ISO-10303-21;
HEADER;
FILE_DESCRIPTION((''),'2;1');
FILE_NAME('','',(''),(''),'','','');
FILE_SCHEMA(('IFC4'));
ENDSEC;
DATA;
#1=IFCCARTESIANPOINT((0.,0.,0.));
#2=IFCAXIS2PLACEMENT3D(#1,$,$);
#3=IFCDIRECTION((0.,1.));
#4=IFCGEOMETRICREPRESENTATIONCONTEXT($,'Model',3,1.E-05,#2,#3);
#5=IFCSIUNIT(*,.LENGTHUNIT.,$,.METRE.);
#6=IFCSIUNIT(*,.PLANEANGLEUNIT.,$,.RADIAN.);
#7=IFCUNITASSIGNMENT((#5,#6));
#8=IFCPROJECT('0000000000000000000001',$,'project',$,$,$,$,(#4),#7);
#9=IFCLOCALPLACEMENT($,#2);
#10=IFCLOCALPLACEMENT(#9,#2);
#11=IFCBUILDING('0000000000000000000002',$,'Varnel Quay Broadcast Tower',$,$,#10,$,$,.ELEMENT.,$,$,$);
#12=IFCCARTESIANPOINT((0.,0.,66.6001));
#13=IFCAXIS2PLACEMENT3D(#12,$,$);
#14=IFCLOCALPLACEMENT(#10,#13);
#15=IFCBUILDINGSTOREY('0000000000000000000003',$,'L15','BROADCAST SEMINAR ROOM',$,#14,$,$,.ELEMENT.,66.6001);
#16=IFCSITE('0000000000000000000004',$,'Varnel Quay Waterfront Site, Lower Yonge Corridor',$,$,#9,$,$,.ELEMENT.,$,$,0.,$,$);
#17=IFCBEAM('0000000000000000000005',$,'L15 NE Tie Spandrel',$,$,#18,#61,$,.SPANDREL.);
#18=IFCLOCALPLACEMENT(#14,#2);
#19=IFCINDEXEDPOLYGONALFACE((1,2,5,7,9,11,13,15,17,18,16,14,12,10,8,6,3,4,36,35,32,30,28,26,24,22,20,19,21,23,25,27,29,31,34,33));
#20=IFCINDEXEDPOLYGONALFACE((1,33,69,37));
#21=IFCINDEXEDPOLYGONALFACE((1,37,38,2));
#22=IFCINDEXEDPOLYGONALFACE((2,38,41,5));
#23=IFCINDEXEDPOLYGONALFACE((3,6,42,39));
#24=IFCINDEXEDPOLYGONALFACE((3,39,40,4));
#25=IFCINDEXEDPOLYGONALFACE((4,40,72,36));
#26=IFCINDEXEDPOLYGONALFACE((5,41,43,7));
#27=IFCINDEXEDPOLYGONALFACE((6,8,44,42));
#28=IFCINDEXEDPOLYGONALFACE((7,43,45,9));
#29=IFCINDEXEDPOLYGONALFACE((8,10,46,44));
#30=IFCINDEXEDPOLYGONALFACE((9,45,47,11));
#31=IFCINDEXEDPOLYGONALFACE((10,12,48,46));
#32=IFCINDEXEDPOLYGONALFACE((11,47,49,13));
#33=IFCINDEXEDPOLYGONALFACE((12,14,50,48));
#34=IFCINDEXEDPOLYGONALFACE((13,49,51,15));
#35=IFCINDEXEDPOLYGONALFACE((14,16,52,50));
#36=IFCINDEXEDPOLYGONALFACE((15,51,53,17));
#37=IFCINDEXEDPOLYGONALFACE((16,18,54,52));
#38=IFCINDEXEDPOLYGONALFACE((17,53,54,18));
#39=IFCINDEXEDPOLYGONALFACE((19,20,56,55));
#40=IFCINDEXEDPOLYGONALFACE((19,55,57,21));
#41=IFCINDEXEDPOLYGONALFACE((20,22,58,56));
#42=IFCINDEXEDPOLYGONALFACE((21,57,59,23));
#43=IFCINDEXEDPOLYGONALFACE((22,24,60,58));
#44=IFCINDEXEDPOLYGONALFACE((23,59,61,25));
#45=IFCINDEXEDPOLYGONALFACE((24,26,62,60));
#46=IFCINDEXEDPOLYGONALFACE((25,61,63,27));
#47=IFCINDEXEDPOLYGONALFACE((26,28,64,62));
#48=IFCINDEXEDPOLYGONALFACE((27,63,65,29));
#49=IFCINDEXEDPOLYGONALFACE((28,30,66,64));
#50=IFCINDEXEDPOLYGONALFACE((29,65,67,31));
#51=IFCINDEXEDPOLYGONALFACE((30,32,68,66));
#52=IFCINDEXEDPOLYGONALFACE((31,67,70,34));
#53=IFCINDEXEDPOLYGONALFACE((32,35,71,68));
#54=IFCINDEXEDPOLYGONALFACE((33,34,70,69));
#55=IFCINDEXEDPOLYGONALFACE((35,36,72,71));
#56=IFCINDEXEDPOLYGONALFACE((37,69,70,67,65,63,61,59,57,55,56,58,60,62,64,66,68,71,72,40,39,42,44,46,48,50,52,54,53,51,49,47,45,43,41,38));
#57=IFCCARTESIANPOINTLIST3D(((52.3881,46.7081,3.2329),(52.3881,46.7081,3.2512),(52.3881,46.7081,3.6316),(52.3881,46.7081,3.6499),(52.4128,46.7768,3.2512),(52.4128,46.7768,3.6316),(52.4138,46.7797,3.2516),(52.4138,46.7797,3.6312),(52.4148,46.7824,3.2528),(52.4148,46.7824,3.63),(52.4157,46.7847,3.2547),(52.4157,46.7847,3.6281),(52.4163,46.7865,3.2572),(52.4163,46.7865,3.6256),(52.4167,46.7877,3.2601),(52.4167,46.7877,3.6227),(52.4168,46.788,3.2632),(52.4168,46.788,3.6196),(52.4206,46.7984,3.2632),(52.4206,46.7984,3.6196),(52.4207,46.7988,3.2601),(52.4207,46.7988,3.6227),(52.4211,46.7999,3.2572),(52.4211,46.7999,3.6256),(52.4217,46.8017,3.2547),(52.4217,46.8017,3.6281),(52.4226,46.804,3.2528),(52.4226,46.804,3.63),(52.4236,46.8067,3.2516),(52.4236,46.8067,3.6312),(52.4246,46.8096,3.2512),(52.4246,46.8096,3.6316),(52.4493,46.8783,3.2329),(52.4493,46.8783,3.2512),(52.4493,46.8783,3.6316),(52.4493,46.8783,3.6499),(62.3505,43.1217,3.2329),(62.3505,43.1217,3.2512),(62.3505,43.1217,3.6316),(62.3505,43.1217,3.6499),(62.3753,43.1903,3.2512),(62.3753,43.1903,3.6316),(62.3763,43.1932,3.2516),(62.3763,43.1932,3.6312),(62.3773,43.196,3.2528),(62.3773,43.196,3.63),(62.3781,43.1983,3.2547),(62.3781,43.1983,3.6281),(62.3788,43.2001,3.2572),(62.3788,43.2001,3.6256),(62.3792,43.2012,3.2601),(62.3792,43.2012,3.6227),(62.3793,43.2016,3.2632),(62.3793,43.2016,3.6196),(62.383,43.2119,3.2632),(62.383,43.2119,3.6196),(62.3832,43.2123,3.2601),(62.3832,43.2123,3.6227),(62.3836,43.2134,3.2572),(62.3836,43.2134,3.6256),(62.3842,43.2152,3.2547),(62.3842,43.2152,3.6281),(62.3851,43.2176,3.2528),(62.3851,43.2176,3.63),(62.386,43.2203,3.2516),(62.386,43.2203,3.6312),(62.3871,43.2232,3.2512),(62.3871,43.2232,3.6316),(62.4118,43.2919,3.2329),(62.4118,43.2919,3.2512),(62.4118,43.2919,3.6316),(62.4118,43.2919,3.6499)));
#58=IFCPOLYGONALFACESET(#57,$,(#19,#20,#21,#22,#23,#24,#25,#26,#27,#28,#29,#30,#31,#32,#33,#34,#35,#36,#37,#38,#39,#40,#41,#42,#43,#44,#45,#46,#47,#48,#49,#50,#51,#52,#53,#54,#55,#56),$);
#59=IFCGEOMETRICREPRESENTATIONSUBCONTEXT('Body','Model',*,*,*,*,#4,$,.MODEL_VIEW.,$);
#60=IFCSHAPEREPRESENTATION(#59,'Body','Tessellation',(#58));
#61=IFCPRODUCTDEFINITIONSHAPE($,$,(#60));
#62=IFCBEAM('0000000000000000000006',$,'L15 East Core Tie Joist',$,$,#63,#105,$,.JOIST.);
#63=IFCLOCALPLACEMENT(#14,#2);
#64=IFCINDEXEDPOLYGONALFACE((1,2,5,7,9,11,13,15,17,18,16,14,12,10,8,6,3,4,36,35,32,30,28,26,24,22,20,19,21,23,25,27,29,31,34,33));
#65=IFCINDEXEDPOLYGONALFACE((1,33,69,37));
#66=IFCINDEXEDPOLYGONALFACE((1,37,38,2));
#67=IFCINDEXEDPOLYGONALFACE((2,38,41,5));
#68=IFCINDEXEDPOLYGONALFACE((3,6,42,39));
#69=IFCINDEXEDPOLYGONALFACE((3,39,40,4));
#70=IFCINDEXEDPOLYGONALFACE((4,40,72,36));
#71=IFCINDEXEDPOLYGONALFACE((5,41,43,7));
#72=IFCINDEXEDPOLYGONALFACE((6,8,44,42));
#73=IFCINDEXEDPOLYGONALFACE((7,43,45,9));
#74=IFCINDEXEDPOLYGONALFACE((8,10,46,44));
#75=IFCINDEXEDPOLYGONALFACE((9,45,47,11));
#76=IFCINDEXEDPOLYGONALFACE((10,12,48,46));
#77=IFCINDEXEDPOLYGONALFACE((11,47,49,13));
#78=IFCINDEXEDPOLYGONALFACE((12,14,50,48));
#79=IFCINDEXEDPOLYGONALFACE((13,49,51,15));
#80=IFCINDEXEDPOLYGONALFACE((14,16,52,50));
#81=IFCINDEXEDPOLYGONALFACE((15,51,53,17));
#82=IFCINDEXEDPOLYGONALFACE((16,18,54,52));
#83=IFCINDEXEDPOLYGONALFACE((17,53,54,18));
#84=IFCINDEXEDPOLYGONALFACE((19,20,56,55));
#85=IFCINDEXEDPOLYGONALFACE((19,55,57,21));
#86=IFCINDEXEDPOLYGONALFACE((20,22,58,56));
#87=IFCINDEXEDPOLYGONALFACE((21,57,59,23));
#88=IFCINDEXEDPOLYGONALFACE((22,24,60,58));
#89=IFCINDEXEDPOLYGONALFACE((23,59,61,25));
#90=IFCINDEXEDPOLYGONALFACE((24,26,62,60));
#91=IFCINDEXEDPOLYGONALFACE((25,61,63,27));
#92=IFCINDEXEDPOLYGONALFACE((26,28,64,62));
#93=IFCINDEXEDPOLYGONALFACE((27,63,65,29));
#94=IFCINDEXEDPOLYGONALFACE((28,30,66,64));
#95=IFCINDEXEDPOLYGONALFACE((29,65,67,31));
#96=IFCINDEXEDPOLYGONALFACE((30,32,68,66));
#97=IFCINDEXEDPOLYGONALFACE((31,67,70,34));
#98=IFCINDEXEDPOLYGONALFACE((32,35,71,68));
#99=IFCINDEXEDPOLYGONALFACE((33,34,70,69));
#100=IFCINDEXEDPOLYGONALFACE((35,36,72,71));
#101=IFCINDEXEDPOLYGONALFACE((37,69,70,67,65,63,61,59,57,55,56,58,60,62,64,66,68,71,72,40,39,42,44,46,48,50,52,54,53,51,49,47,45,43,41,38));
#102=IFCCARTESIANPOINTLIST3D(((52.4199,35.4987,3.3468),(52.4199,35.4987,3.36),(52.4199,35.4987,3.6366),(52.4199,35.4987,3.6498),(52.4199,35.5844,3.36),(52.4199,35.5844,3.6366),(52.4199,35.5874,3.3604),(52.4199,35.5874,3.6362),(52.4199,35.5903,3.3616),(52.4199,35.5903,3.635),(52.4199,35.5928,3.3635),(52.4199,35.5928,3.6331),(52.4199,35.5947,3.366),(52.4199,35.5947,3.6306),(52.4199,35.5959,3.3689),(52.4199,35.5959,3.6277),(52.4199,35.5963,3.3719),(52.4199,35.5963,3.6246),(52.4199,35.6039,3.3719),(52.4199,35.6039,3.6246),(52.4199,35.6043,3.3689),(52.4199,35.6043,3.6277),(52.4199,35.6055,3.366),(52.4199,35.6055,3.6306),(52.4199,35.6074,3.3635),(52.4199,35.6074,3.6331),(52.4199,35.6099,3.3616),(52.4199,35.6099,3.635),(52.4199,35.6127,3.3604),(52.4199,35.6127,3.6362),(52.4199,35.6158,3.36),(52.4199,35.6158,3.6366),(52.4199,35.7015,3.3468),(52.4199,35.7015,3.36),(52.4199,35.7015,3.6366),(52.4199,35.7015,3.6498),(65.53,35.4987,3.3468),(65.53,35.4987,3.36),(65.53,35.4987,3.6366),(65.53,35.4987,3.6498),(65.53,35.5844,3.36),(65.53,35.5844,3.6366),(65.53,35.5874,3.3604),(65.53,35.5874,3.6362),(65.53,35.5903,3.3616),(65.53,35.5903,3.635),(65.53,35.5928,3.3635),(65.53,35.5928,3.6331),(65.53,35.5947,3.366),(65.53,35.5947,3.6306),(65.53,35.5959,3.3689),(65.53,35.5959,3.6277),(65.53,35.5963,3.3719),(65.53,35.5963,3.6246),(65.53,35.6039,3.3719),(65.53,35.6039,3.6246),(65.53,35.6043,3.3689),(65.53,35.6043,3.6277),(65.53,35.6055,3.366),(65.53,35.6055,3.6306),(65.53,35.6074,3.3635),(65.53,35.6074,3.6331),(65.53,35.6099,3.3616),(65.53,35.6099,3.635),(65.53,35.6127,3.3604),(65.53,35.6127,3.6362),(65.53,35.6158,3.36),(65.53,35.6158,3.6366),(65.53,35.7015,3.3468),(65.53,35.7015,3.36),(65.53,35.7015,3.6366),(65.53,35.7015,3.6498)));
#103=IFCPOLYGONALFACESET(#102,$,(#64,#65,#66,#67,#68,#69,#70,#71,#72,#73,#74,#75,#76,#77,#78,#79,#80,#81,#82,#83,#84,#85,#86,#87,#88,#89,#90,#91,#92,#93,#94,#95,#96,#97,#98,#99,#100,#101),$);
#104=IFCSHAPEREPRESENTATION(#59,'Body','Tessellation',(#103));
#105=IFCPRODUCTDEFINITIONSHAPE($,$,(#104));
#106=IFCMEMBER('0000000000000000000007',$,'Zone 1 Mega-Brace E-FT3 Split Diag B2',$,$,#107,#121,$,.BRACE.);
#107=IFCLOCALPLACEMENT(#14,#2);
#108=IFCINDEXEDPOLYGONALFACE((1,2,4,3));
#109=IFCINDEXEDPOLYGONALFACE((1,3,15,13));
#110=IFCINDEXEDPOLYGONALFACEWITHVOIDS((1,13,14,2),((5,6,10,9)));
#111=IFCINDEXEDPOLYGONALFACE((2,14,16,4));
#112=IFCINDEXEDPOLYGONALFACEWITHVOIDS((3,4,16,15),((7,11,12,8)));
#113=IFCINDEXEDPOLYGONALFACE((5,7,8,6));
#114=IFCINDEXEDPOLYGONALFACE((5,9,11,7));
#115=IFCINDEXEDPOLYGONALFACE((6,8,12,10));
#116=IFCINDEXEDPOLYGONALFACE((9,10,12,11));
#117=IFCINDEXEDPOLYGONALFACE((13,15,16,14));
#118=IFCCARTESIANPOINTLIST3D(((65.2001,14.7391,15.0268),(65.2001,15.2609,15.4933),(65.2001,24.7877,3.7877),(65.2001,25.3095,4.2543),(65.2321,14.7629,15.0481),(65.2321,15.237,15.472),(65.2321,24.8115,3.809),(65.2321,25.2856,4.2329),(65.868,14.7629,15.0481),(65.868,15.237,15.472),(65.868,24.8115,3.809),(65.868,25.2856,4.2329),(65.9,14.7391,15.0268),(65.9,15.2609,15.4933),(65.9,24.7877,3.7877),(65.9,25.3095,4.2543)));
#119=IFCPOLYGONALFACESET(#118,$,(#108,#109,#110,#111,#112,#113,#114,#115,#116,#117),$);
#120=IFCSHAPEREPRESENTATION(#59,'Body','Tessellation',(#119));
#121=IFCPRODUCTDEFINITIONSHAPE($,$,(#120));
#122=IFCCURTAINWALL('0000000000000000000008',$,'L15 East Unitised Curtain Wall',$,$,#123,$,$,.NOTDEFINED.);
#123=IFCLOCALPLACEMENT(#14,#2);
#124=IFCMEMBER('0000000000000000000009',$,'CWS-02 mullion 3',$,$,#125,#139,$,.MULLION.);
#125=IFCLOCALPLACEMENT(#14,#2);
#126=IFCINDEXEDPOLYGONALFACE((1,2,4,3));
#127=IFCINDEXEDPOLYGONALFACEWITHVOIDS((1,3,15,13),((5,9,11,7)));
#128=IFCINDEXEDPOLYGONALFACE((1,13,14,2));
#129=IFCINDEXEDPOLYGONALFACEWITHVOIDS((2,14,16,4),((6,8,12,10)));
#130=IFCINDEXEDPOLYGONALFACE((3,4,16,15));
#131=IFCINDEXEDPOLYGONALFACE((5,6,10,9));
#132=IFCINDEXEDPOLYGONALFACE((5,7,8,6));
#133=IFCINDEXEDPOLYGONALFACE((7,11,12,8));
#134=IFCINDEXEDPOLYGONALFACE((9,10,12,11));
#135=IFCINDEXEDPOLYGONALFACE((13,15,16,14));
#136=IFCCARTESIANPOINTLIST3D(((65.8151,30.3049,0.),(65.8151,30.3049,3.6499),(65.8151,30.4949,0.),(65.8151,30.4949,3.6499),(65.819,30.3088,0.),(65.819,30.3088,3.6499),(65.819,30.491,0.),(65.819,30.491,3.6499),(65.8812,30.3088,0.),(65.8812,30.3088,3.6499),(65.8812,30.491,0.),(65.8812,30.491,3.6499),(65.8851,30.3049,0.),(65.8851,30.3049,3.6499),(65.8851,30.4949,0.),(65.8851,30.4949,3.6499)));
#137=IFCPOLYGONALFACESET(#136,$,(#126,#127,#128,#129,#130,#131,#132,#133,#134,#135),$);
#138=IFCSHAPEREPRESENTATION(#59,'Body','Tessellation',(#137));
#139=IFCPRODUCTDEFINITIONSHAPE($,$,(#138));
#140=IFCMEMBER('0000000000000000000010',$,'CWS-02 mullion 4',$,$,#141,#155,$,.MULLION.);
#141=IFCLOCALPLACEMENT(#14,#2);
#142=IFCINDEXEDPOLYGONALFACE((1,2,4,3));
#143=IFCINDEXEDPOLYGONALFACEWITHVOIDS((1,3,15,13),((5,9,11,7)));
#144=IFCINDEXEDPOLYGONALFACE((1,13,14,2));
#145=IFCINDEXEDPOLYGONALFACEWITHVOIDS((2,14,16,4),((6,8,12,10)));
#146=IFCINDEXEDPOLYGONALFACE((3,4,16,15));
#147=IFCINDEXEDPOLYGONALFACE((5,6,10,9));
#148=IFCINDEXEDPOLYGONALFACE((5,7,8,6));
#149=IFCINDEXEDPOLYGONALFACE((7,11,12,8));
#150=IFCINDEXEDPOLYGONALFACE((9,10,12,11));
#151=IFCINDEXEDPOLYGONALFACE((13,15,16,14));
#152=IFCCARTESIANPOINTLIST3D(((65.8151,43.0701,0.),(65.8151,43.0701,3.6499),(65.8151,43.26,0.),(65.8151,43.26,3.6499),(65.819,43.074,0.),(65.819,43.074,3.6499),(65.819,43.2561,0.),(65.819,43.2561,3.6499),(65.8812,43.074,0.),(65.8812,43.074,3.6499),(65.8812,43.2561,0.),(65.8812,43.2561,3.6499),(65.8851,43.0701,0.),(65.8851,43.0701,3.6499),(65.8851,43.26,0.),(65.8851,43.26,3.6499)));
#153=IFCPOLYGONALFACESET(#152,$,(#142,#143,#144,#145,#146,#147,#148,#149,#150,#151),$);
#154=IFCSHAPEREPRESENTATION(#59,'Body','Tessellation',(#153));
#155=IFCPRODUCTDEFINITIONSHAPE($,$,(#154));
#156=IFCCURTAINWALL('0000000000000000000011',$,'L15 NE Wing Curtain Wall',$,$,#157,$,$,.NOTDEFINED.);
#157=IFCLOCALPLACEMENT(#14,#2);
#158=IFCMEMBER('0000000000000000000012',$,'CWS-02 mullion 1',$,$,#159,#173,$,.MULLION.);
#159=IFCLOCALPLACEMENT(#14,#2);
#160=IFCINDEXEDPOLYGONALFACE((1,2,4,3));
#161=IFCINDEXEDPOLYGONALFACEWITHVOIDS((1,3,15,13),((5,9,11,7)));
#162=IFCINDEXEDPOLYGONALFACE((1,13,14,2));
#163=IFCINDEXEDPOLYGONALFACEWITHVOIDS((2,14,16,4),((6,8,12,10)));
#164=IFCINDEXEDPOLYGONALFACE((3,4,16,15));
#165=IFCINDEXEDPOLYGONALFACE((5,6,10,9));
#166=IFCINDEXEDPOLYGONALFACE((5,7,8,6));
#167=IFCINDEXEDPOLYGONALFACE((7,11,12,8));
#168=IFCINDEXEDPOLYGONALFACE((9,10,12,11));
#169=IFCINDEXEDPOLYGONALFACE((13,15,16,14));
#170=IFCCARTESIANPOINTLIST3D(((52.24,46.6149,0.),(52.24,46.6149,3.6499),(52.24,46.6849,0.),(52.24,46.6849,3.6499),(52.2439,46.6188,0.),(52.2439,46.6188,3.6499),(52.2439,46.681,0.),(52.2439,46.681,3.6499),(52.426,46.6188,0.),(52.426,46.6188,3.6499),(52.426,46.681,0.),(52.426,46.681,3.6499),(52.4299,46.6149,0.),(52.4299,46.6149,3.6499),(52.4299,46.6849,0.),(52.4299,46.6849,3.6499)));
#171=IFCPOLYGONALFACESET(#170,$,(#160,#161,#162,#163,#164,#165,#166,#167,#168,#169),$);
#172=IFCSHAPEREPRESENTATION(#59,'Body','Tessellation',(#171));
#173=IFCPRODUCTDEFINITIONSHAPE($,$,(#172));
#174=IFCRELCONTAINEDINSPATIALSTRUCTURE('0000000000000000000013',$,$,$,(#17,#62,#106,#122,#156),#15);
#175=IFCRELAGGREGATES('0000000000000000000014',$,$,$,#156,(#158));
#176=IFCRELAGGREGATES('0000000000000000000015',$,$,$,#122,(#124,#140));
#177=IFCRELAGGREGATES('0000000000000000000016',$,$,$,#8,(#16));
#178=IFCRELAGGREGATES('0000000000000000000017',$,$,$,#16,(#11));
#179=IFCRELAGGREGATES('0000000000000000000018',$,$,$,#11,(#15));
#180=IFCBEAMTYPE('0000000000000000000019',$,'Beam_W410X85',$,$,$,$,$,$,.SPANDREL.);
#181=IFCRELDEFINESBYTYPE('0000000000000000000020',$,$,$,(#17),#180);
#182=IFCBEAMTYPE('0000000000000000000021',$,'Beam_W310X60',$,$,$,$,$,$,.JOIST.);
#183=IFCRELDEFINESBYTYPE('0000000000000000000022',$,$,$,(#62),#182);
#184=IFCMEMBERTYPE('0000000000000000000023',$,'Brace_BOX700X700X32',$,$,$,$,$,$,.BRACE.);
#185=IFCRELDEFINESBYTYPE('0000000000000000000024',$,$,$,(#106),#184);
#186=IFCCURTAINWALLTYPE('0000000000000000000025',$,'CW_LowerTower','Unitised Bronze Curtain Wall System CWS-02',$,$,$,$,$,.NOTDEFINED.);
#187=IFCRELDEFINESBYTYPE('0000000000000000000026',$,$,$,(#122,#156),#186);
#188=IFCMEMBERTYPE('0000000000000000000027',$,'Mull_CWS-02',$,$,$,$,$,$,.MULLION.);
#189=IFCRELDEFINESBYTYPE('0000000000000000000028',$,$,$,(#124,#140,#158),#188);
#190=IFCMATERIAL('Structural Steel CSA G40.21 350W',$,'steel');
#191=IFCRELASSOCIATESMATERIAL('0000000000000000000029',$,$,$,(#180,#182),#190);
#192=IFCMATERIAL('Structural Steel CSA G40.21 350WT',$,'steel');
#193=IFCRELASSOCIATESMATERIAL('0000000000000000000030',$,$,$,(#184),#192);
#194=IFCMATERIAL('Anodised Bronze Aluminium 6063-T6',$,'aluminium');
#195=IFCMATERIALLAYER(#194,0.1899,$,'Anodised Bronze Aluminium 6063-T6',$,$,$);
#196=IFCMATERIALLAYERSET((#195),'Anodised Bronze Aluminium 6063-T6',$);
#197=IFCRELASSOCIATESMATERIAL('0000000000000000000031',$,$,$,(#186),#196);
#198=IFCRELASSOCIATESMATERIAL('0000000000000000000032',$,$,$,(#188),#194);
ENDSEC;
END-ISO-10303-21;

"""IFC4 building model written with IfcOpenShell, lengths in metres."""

from ifc_helpers import new_model, si_unit, direction, frame, origin, origin_2d, place, context, subcontext, project, spatial, hollow_rectangle, i_section, extrude, source, transform, mapped, material, layer, layer_set, material_profile, profile_set, type_object, type_shapes, element, aggregate, save


model = new_model("IFC4")

# Units and contexts
model_context = context("Model", 3, precision=1e-05, world=origin(), true_north=direction((0.0, 1.0)))
body_context = subcontext(model_context, "Body", "Model", "MODEL_VIEW")
ifc_project = project(units=[si_unit("LENGTHUNIT", "METRE"), si_unit("PLANEANGLEUNIT", "RADIAN")], contexts=[model_context])

# Site, building, storey
site_placement = place(None, origin())
site = spatial("IfcSite", under=ifc_project, at=site_placement, Name="Varnel Quay Waterfront Site, Lower Yonge Corridor", CompositionType="ELEMENT", RefElevation=0.0)
building_placement = place(site_placement, origin())
building = spatial("IfcBuilding", under=site, at=building_placement, Name="Varnel Quay Broadcast Tower", CompositionType="ELEMENT")
storey_placement = place(building_placement, frame((0.0, 0.0, 66.6001)))
storey = spatial("IfcBuildingStorey", under=building, at=storey_placement, Name="L15", Description="BROADCAST SEMINAR ROOM", CompositionType="ELEMENT", Elevation=66.6001)

# Shared definitions
ifc_material_1 = material(Name="Structural Steel CSA G40.21 350WT", Category="steel")
ifc_material_2 = material(Name="Structural Steel CSA G40.21 350W", Category="steel")

# Beams
ifc_material_profile_1 = material_profile(ifc_material_2, i_section(OverallWidth=0.1809, OverallDepth=0.417, WebThickness=0.011, FlangeThickness=0.0183, FilletRadius=0.012, at=origin_2d()), Name="W410X85")
ifc_profile_set_1 = profile_set([ifc_material_profile_1], Name="Structural Steel CSA G40.21 350W")
beam_type_1 = type_object("IfcBeamType", Name="Beam_W410X85", PredefinedType="SPANDREL", material=ifc_profile_set_1)
shared_shape_1 = source(origin(), body_context, "Body", "SweptSolid", [
    extrude(i_section(OverallWidth=0.1809, OverallDepth=0.417, WebThickness=0.011, FlangeThickness=0.0183, FilletRadius=0.012, at=origin_2d()), origin(), (0.0, 0.0, 1.0), 10.5884),
])
beam_1_placement = place(storey_placement, frame((52.4187, 46.7932, 3.4414), z_axis=(0.940889, -0.338716, 0.0), x_axis=(0.338716, 0.940889, 0.0)))
element("IfcBeam", 1, at=beam_1_placement, inside=storey, type_object=beam_type_1, Name="L15 NE Tie Spandrel", PredefinedType="SPANDREL", context=body_context, shape_type="MappedRepresentation", body=[
    mapped(shared_shape_1, transform((0.0, 0.0, 0.0), x_axis=(1.0, 0.0, 0.0), y_axis=(0.0, 1.0, 0.0), z_axis=(0.0, 0.0, 1.0), scale=1.0)),
])
ifc_material_profile_2 = material_profile(ifc_material_2, i_section(OverallWidth=0.2029, OverallDepth=0.303, WebThickness=0.0076, FlangeThickness=0.0132, FilletRadius=0.012, at=origin_2d()), Name="W310X60")
ifc_profile_set_2 = profile_set([ifc_material_profile_2], Name="Structural Steel CSA G40.21 350W")
beam_type_2 = type_object("IfcBeamType", Name="Beam_W310X60", PredefinedType="JOIST", material=ifc_profile_set_2)
shared_shape_2 = source(origin(), body_context, "Body", "SweptSolid", [
    extrude(i_section(OverallWidth=0.2029, OverallDepth=0.303, WebThickness=0.0076, FlangeThickness=0.0132, FilletRadius=0.012, at=origin_2d()), origin(), (0.0, 0.0, 1.0), 13.1101),
])
type_shapes(beam_type_2, [shared_shape_2])
beam_2_placement = place(storey_placement, frame((52.4199, 35.6001, 3.4983), z_axis=(1.0, 0.0, 0.0), x_axis=(0.0, 1.0, 0.0)))
element("IfcBeam", 2, at=beam_2_placement, inside=storey, type_object=beam_type_2, Name="L15 East Core Tie Joist", PredefinedType="JOIST", context=body_context, shape_type="MappedRepresentation", body=[
    mapped(shared_shape_2, transform((0.0, 0.0, 0.0), x_axis=(1.0, 0.0, 0.0), y_axis=(0.0, 1.0, 0.0), z_axis=(0.0, 0.0, 1.0), scale=1.0)),
])

# Member
ifc_material_profile_3 = material_profile(ifc_material_1, hollow_rectangle(XDim=0.7, YDim=0.7, WallThickness=0.032, at=origin_2d()), Name="BOX700X700X32")
ifc_profile_set_3 = profile_set([ifc_material_profile_3], Name="Structural Steel CSA G40.21 350WT")
member_type_1 = type_object("IfcMemberType", Name="Brace_BOX700X700X32", PredefinedType="BRACE", material=ifc_profile_set_3)
shared_shape_3 = source(origin(), body_context, "Body", "SweptSolid", [
    extrude(hollow_rectangle(XDim=0.7, YDim=0.7, WallThickness=0.032, at=origin_2d()), origin(), (0.0, 0.0, 1.0), 15.0762),
])
type_shapes(member_type_1, [shared_shape_3])
member_1_placement = place(storey_placement, frame((65.55, 25.0486, 4.021), z_axis=(0.0, -0.666523, 0.745484), x_axis=(1.0, 0.0, 0.0)))
element("IfcMember", 3, at=member_1_placement, inside=storey, type_object=member_type_1, Name="Zone 1 Mega-Brace E-FT3 Split Diag B2", PredefinedType="BRACE", context=body_context, shape_type="MappedRepresentation", body=[
    mapped(shared_shape_3, transform((0.0, 0.0, 0.0), x_axis=(1.0, 0.0, 0.0), y_axis=(0.0, 1.0, 0.0), z_axis=(0.0, 0.0, 1.0), scale=1.0)),
])

# Curtain walls, members
ifc_material_3 = material(Name="Anodised Bronze Aluminium 6063-T6", Category="aluminium")
ifc_layer_1 = layer(ifc_material_3, 0.1899, Name="Anodised Bronze Aluminium 6063-T6")
ifc_layer_set_1 = layer_set([ifc_layer_1], Name="Anodised Bronze Aluminium 6063-T6")
curtain_wall_type = type_object("IfcCurtainWallType", Name="CW_LowerTower", Description="Unitised Bronze Curtain Wall System CWS-02", PredefinedType="NOTDEFINED", material=ifc_layer_set_1)
curtain_wall_1_placement = place(storey_placement, origin())
curtain_wall_1 = element("IfcCurtainWall", 4, at=curtain_wall_1_placement, inside=storey, type_object=curtain_wall_type, Name="L15 East Unitised Curtain Wall", PredefinedType="NOTDEFINED")
ifc_material_profile_4 = material_profile(ifc_material_3, hollow_rectangle(XDim=0.0701, YDim=0.1899, WallThickness=0.0039, at=origin_2d()), Name="ALU70X190X4")
ifc_profile_set_4 = profile_set([ifc_material_profile_4], Name="Anodised Bronze Aluminium 6063-T6")
member_type_2 = type_object("IfcMemberType", Name="Mull_CWS-02", PredefinedType="MULLION", material=ifc_profile_set_4)
shared_shape_4 = source(origin(), body_context, "Body", "SweptSolid", [
    extrude(hollow_rectangle(XDim=0.0701, YDim=0.1899, WallThickness=0.0039, at=origin_2d()), origin(), (0.0, 0.0, 1.0), 3.6499),
])
type_shapes(member_type_2, [shared_shape_4])
member_2_placement = place(storey_placement, frame((65.8501, 30.3999, 0.0), z_axis=(0.0, 0.0, 1.0), x_axis=(-1.0, 0.0, 0.0)))
member_2 = element("IfcMember", 5, at=member_2_placement, type_object=member_type_2, Name="CWS-02 mullion 3", PredefinedType="MULLION", context=body_context, shape_type="MappedRepresentation", body=[
    mapped(shared_shape_4, transform((0.0, 0.0, 0.0), x_axis=(1.0, 0.0, 0.0), y_axis=(0.0, 1.0, 0.0), z_axis=(0.0, 0.0, 1.0), scale=1.0)),
])
member_3_placement = place(storey_placement, frame((65.8501, 43.165, 0.0), z_axis=(0.0, 0.0, 1.0), x_axis=(-1.0, 0.0, 0.0)))
member_3 = element("IfcMember", 6, at=member_3_placement, type_object=member_type_2, Name="CWS-02 mullion 4", PredefinedType="MULLION", context=body_context, shape_type="MappedRepresentation", body=[
    mapped(shared_shape_4, transform((0.0, 0.0, 0.0), x_axis=(1.0, 0.0, 0.0), y_axis=(0.0, 1.0, 0.0), z_axis=(0.0, 0.0, 1.0), scale=1.0)),
])
curtain_wall_2_placement = place(storey_placement, origin())
curtain_wall_2 = element("IfcCurtainWall", 7, at=curtain_wall_2_placement, inside=storey, type_object=curtain_wall_type, Name="L15 NE Wing Curtain Wall", PredefinedType="NOTDEFINED")
member_4_placement = place(storey_placement, frame((52.335, 46.6499, 0.0), z_axis=(0.0, 0.0, 1.0), x_axis=(0.0, 1.0, 0.0)))
member_4 = element("IfcMember", 8, at=member_4_placement, type_object=member_type_2, Name="CWS-02 mullion 1", PredefinedType="MULLION", context=body_context, shape_type="MappedRepresentation", body=[
    mapped(shared_shape_4, transform((0.0, 0.0, 0.0), x_axis=(1.0, 0.0, 0.0), y_axis=(0.0, 1.0, 0.0), z_axis=(0.0, 0.0, 1.0), scale=1.0)),
])

aggregate(curtain_wall_2, [member_4])
aggregate(curtain_wall_1, [member_2, member_3])

save(model, "model.ifc")
